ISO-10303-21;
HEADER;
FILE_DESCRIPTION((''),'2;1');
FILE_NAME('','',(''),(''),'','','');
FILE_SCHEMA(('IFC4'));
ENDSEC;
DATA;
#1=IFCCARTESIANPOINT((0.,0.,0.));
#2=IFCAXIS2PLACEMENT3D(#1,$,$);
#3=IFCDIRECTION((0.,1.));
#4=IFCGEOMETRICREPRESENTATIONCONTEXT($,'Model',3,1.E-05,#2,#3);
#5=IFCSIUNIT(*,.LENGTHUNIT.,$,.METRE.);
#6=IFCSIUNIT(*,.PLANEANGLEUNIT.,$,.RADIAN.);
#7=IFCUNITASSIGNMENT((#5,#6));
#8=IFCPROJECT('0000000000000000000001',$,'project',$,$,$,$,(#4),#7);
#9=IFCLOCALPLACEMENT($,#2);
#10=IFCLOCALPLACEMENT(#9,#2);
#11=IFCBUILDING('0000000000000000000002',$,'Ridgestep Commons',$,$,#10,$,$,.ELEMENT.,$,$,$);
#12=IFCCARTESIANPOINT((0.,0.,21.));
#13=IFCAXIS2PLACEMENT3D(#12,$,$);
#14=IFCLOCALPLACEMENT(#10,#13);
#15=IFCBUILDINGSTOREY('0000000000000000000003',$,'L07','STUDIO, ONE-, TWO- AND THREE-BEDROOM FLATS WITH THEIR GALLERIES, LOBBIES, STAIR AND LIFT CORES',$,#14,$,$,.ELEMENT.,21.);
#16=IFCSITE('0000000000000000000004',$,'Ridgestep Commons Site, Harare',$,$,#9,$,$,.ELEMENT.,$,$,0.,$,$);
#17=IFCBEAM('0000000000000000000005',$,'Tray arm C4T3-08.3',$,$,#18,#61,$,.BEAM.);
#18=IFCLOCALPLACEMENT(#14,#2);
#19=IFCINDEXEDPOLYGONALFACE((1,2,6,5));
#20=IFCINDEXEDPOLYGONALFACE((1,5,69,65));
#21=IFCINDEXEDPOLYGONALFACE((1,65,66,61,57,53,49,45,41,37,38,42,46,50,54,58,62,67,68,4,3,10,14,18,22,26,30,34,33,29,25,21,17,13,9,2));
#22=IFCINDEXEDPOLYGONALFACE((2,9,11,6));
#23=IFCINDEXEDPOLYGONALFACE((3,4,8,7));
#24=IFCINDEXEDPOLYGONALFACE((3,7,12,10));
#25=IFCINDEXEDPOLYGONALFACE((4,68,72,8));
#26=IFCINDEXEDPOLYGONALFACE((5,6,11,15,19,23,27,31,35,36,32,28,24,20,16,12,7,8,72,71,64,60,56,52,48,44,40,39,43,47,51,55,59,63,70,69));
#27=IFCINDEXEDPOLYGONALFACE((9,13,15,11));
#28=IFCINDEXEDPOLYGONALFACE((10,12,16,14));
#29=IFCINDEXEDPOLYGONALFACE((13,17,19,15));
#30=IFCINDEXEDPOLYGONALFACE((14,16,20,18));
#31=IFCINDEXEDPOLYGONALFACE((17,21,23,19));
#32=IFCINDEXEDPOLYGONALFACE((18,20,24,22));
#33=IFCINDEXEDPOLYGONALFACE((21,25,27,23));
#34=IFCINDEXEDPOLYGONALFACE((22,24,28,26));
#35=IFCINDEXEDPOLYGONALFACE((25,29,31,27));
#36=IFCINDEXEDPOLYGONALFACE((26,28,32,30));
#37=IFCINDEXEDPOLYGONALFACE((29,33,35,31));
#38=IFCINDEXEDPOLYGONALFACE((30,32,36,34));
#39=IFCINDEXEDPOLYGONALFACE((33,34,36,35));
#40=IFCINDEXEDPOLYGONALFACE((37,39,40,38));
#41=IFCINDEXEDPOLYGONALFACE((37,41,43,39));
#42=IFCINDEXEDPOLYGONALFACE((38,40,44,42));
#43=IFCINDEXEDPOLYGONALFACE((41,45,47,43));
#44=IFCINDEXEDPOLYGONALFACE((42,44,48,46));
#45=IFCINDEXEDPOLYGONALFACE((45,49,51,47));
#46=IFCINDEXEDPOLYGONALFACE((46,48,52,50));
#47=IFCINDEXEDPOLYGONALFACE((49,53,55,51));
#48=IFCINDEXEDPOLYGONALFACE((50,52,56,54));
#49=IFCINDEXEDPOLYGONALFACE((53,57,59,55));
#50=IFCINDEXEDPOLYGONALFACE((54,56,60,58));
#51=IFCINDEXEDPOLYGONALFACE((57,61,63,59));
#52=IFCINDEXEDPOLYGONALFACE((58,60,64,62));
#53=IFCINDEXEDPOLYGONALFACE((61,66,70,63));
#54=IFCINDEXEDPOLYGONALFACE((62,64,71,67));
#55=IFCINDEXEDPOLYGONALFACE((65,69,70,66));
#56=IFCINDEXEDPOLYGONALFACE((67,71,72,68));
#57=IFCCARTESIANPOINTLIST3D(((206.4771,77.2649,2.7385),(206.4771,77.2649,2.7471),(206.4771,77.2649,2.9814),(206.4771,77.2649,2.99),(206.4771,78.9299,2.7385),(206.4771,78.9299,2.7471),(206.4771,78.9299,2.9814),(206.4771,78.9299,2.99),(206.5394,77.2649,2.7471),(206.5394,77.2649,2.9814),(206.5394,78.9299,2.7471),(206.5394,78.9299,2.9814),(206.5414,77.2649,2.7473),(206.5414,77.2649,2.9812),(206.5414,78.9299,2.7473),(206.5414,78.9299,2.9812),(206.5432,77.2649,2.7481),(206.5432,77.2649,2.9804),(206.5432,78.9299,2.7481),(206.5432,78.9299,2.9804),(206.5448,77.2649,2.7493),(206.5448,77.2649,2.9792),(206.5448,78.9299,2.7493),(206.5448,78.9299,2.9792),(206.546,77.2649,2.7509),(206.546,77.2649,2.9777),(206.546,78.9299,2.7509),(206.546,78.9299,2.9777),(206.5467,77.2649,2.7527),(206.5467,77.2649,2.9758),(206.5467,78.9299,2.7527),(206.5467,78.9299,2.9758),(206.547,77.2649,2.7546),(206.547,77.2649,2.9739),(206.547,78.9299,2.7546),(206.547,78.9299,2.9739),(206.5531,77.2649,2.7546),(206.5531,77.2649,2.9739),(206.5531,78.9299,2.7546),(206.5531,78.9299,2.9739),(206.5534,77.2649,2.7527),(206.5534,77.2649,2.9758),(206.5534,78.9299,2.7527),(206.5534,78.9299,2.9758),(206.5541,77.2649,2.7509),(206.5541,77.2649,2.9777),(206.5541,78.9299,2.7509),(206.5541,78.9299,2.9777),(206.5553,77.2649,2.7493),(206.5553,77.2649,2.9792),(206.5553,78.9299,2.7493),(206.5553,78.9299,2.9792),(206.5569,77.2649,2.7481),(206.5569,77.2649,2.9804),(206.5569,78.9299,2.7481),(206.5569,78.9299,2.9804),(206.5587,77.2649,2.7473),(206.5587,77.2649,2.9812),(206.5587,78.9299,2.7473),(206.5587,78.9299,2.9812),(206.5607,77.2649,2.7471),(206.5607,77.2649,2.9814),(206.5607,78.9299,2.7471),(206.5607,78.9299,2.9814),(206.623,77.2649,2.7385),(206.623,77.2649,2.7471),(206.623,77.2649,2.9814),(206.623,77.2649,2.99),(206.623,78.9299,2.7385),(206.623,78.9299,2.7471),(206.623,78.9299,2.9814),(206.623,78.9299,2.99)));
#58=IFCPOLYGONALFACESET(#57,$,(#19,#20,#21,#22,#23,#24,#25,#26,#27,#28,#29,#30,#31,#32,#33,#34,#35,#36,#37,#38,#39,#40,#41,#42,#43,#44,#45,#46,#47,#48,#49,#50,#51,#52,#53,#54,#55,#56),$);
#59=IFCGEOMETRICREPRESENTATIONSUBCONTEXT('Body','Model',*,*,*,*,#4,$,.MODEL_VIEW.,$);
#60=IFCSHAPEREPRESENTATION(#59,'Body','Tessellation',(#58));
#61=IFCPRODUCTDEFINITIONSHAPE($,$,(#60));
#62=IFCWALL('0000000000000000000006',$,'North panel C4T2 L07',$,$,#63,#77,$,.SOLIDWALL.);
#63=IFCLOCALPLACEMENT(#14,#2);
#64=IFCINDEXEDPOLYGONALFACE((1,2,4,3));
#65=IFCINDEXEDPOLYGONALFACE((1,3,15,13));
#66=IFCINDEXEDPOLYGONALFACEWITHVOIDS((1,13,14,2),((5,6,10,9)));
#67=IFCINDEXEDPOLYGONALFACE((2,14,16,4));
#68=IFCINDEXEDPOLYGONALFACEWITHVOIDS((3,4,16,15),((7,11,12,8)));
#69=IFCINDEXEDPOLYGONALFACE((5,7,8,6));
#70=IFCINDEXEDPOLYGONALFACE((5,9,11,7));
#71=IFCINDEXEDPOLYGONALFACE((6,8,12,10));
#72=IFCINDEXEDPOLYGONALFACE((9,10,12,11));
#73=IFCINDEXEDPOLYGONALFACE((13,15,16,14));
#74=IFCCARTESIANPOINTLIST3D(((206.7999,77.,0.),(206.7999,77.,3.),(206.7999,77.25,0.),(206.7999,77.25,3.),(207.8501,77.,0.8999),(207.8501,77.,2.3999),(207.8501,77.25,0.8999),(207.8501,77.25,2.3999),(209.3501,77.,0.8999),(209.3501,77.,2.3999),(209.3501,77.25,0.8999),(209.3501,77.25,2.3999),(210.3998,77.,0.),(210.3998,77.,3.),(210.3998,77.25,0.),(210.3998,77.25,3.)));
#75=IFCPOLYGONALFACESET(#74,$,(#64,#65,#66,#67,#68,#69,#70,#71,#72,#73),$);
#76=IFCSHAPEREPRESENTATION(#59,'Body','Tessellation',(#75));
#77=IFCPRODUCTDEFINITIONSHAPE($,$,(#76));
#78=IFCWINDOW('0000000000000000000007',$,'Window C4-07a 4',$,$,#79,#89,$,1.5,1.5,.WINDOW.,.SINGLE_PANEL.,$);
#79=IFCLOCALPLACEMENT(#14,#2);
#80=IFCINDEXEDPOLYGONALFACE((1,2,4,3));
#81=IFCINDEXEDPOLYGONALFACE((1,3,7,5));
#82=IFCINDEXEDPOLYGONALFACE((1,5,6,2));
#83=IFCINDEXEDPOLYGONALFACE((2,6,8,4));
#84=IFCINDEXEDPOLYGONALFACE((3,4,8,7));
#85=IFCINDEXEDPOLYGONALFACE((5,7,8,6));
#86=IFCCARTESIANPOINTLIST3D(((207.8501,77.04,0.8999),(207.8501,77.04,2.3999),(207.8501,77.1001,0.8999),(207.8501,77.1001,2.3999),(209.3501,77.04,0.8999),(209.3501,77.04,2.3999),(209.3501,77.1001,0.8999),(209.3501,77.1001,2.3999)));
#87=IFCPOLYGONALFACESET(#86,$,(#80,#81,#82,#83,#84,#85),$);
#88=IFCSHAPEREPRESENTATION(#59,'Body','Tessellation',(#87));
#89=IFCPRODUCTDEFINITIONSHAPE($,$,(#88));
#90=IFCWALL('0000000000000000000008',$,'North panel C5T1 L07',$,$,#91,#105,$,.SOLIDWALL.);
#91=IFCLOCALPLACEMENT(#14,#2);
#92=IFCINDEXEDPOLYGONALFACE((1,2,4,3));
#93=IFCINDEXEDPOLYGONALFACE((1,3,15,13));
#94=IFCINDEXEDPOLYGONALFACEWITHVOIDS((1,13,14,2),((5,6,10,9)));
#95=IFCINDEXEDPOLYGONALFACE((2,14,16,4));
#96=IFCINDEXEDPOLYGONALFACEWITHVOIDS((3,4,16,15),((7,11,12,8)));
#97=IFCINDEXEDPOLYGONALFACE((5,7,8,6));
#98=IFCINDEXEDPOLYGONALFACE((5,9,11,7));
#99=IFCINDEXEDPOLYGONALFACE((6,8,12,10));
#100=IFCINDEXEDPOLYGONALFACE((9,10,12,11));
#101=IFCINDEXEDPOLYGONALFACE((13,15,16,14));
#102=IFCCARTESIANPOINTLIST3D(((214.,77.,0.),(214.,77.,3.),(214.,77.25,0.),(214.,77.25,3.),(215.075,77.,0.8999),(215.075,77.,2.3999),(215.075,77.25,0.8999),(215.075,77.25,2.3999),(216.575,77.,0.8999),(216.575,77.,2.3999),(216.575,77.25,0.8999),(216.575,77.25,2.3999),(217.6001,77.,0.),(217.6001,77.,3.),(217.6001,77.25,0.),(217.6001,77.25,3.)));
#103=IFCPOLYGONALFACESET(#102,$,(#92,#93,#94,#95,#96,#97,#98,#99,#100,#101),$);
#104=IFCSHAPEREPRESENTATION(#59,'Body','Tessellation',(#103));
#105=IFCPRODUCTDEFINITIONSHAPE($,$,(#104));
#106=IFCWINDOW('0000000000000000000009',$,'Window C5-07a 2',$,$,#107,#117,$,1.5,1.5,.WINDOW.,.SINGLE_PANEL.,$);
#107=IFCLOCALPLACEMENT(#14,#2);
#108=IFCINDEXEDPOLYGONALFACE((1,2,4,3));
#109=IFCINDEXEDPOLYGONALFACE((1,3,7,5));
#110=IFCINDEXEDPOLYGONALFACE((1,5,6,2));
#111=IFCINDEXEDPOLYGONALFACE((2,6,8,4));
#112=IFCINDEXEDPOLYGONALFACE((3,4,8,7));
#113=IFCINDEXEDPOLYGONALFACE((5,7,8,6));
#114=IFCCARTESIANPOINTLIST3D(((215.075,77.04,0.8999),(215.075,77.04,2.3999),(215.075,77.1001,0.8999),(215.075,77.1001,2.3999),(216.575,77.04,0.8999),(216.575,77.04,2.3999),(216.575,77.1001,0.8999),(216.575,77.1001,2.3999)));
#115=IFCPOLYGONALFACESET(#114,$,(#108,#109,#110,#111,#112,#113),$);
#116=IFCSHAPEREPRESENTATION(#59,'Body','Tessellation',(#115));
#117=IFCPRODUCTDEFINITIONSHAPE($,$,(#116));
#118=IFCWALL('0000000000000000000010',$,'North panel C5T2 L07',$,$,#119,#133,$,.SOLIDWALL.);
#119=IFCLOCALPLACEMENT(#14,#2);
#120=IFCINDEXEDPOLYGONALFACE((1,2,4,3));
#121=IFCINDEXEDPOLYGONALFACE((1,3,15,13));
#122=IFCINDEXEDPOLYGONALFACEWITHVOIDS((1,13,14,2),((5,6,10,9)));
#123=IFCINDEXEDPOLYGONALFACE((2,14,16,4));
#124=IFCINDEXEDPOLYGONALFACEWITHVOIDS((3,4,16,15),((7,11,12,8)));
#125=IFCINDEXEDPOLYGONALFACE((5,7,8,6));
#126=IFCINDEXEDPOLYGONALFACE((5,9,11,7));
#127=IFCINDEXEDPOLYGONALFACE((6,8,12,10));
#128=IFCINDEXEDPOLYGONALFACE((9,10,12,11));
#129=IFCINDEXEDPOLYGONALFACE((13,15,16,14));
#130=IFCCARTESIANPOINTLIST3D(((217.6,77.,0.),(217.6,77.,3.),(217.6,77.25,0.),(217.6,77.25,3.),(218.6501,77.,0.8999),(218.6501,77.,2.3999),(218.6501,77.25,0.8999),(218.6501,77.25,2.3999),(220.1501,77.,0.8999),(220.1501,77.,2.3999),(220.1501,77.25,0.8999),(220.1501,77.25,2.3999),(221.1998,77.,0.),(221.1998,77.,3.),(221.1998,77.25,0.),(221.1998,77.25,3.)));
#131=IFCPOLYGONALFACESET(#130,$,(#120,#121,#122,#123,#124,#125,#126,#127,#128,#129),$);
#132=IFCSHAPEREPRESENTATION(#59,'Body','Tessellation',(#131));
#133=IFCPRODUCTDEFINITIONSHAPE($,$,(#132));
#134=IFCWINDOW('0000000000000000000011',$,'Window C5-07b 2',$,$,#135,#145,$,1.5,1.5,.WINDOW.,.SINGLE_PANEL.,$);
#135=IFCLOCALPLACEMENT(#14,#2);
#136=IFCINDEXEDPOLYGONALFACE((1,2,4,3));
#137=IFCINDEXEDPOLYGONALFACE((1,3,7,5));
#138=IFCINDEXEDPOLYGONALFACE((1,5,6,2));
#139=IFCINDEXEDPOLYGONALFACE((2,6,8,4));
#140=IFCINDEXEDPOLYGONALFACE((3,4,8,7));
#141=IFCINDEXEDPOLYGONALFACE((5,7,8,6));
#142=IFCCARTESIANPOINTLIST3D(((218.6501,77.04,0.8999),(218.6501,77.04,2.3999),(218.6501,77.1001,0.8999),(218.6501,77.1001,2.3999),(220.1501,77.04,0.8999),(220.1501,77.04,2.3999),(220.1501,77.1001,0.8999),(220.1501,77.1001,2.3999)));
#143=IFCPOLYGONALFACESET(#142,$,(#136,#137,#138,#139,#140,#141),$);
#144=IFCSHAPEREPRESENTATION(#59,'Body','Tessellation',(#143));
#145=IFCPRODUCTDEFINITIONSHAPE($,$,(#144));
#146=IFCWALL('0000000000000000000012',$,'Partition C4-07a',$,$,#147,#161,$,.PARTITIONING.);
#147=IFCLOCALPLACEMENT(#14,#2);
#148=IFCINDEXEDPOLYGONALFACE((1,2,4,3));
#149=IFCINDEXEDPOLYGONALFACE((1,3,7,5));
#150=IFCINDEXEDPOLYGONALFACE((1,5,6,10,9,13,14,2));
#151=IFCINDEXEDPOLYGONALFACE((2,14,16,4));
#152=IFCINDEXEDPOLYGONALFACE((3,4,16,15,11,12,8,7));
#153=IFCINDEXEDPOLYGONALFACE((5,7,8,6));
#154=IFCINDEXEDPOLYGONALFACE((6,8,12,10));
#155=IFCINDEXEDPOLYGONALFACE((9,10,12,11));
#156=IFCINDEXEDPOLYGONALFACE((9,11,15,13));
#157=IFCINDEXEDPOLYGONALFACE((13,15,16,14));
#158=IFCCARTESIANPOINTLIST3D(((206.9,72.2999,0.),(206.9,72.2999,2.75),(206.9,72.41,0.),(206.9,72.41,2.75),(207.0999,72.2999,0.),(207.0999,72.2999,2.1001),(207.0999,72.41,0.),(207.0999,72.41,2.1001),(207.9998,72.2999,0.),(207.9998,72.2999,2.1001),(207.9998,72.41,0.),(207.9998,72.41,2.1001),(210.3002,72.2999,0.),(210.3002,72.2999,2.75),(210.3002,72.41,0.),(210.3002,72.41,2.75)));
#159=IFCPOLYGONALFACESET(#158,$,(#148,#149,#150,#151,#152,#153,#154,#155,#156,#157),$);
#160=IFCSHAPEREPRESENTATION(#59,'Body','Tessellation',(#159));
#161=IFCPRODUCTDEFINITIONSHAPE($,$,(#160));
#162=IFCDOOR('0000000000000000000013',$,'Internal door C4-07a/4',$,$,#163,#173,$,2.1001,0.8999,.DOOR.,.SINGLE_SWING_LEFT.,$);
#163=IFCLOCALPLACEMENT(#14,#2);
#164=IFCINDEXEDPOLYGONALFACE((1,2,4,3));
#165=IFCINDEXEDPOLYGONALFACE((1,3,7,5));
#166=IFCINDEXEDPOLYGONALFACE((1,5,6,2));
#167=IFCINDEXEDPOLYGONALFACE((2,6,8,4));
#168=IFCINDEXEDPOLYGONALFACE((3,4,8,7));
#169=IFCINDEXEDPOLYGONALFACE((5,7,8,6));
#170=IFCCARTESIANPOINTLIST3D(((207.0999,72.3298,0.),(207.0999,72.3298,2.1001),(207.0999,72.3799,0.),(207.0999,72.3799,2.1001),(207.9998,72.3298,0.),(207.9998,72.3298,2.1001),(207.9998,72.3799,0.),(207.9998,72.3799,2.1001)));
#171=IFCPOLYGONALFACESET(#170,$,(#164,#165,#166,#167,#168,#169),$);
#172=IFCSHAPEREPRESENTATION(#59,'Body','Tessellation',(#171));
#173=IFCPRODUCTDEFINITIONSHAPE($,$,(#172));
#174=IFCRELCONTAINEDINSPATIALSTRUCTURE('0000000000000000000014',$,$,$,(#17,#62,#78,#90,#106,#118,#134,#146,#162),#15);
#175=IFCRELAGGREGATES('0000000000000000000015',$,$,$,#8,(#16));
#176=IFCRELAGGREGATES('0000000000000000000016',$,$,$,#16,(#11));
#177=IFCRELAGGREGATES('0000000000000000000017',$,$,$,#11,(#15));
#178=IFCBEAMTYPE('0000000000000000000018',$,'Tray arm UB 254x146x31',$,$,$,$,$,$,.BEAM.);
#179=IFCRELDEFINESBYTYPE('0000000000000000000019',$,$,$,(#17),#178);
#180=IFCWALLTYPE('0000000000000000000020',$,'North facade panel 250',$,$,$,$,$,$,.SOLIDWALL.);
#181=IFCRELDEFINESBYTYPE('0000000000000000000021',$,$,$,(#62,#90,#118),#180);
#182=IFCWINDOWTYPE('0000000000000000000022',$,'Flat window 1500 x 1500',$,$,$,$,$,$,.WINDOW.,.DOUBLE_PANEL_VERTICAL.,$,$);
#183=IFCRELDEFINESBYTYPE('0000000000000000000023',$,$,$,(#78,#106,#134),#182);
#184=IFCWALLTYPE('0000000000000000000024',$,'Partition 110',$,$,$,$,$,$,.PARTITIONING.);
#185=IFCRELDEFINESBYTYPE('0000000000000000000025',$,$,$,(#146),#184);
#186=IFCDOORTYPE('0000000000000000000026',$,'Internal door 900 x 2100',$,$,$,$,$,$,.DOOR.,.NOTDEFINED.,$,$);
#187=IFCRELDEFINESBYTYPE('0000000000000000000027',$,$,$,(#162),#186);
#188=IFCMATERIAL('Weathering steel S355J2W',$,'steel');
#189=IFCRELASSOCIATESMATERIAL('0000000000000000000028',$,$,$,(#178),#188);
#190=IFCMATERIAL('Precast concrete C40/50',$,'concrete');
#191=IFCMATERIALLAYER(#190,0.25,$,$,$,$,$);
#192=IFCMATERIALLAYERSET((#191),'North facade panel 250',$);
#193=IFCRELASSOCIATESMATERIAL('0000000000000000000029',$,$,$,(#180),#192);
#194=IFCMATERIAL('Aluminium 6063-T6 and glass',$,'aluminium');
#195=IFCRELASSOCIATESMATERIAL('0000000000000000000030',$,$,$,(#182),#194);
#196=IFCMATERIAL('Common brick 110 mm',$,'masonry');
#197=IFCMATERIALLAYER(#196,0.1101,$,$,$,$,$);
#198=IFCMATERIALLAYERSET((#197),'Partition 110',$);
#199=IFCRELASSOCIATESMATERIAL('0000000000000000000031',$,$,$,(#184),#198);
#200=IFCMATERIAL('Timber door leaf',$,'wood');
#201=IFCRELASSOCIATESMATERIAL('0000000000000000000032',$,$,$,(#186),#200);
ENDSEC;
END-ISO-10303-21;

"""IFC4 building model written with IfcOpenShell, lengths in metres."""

from ifc_helpers import new_model, si_unit, direction, frame, frame_2d, origin, origin_2d, place, context, subcontext, project, spatial, rectangle, i_section, extrude, material, layer, layer_set, material_profile, profile_set, type_object, element, fill, save


model = new_model("IFC4")

# Units and contexts
model_context = context("Model", 3, precision=1e-05, world=origin(), true_north=direction((0.0, 1.0)))
body_context = subcontext(model_context, "Body", "Model", "MODEL_VIEW")
ifc_project = project(units=[si_unit("LENGTHUNIT", "METRE"), si_unit("PLANEANGLEUNIT", "RADIAN")], contexts=[model_context])

# Site, building, storey
site_placement = place(None, origin())
site = spatial("IfcSite", under=ifc_project, at=site_placement, Name="Ridgestep Commons Site, Harare", CompositionType="ELEMENT", RefElevation=0.0)
building_placement = place(site_placement, origin())
building = spatial("IfcBuilding", under=site, at=building_placement, Name="Ridgestep Commons", CompositionType="ELEMENT")
storey_placement = place(building_placement, frame((0.0, 0.0, 21.0)))
storey = spatial("IfcBuildingStorey", under=building, at=storey_placement, Name="L07", Description="STUDIO, ONE-, TWO- AND THREE-BEDROOM FLATS WITH THEIR GALLERIES, LOBBIES, STAIR AND LIFT CORES", CompositionType="ELEMENT", Elevation=21.0)

# Beam
ifc_material_1 = material(Name="Weathering steel S355J2W", Category="steel")
ifc_material_profile = material_profile(ifc_material_1, i_section(OverallWidth=0.146, OverallDepth=0.2515, WebThickness=0.0061, FlangeThickness=0.0085, FilletRadius=0.0076, at=origin_2d()), Name="UB 254x146x31")
ifc_profile_set = profile_set([ifc_material_profile], Name="Weathering steel S355J2W")
beam_type = type_object("IfcBeamType", Name="Tray arm UB 254x146x31", PredefinedType="BEAM", material=ifc_profile_set)
beam_placement = place(storey_placement, frame((206.55, 77.2649, 2.8643), z_axis=(0.0, 1.0, 0.0), x_axis=(-1.0, 0.0, 0.0)))
element("IfcBeam", 1, at=beam_placement, inside=storey, type_object=beam_type, Name="Tray arm C4T3-08.3", PredefinedType="BEAM", context=body_context, shape_type="SweptSolid", body=[
    extrude(i_section(OverallWidth=0.146, OverallDepth=0.2515, WebThickness=0.0061, FlangeThickness=0.0085, FilletRadius=0.0076, at=origin_2d()), origin(), (0.0, 0.0, 1.0), 1.665),
])

# Walls, openings, windows
ifc_material_2 = material(Name="Precast concrete C40/50", Category="concrete")
ifc_layer_1 = layer(ifc_material_2, 0.25)
ifc_layer_set_1 = layer_set([ifc_layer_1], Name="North facade panel 250")
wall_type_1 = type_object("IfcWallType", Name="North facade panel 250", PredefinedType="SOLIDWALL", material=ifc_layer_set_1)
wall_1_placement = place(storey_placement, frame((206.8, 77.125, 0.0), z_axis=(0.0, 0.0, 1.0), x_axis=(1.0, 0.0, 0.0)))
wall_1 = element("IfcWall", 2, at=wall_1_placement, inside=storey, type_object=wall_type_1, Name="North panel C4T2 L07", PredefinedType="SOLIDWALL", context=body_context, shape_type="SweptSolid", body=[
    extrude(rectangle(XDim=3.5999, YDim=0.25, at=frame_2d((1.7998, 0.0))), origin(), (0.0, 0.0, 1.0), 3.0),
])
opening_1_placement = place(wall_1_placement, frame((1.05, 0.0, 0.8999)))
opening_1 = element("IfcOpeningElement", 3, at=opening_1_placement, cuts=wall_1, PredefinedType="OPENING", context=body_context, shape_type="SweptSolid", body=[
    extrude(rectangle(XDim=1.5, YDim=1.5, at=frame_2d((0.75, 0.75))), frame((0.0, 0.135, 0.0), z_axis=(0.0, -1.0, 0.0), x_axis=(1.0, 0.0, 0.0)), (0.0, 0.0, 1.0), 0.27),
])
ifc_material_3 = material(Name="Aluminium 6063-T6 and glass", Category="aluminium")
window_type = type_object("IfcWindowType", Name="Flat window 1500 x 1500", PartitioningType="DOUBLE_PANEL_VERTICAL", PredefinedType="WINDOW", material=ifc_material_3)
window_1_placement = place(opening_1_placement, origin())
window_1 = element("IfcWindow", 4, at=window_1_placement, inside=storey, type_object=window_type, Name="Window C4-07a 4", OverallHeight=1.5, OverallWidth=1.5, PartitioningType="SINGLE_PANEL", PredefinedType="WINDOW", context=body_context, shape_type="SweptSolid", body=[
    extrude(rectangle(XDim=1.5, YDim=1.5, at=frame_2d((0.75, 0.75))), frame((0.0, -0.0249, 0.0), z_axis=(0.0, -1.0, 0.0), x_axis=(1.0, 0.0, 0.0)), (0.0, 0.0, 1.0), 0.0601),
])
fill(opening_1, window_1)
wall_2_placement = place(storey_placement, frame((214.0, 77.125, 0.0), z_axis=(0.0, 0.0, 1.0), x_axis=(1.0, 0.0, 0.0)))
wall_2 = element("IfcWall", 5, at=wall_2_placement, inside=storey, type_object=wall_type_1, Name="North panel C5T1 L07", PredefinedType="SOLIDWALL", context=body_context, shape_type="SweptSolid", body=[
    extrude(rectangle(XDim=3.6001, YDim=0.25, at=frame_2d((1.8, 0.0))), origin(), (0.0, 0.0, 1.0), 3.0),
])
opening_2_placement = place(wall_2_placement, frame((1.075, 0.0, 0.8999)))
opening_2 = element("IfcOpeningElement", 6, at=opening_2_placement, cuts=wall_2, PredefinedType="OPENING", context=body_context, shape_type="SweptSolid", body=[
    extrude(rectangle(XDim=1.5, YDim=1.5, at=frame_2d((0.75, 0.75))), frame((0.0, 0.135, 0.0), z_axis=(0.0, -1.0, 0.0), x_axis=(1.0, 0.0, 0.0)), (0.0, 0.0, 1.0), 0.27),
])
window_2_placement = place(opening_2_placement, origin())
window_2 = element("IfcWindow", 7, at=window_2_placement, inside=storey, type_object=window_type, Name="Window C5-07a 2", OverallHeight=1.5, OverallWidth=1.5, PartitioningType="SINGLE_PANEL", PredefinedType="WINDOW", context=body_context, shape_type="SweptSolid", body=[
    extrude(rectangle(XDim=1.5, YDim=1.5, at=frame_2d((0.75, 0.75))), frame((0.0, -0.0249, 0.0), z_axis=(0.0, -1.0, 0.0), x_axis=(1.0, 0.0, 0.0)), (0.0, 0.0, 1.0), 0.0601),
])
fill(opening_2, window_2)
wall_3_placement = place(storey_placement, frame((217.6001, 77.125, 0.0), z_axis=(0.0, 0.0, 1.0), x_axis=(1.0, 0.0, 0.0)))
wall_3 = element("IfcWall", 8, at=wall_3_placement, inside=storey, type_object=wall_type_1, Name="North panel C5T2 L07", PredefinedType="SOLIDWALL", context=body_context, shape_type="SweptSolid", body=[
    extrude(rectangle(XDim=3.5999, YDim=0.25, at=frame_2d((1.7998, 0.0))), origin(), (0.0, 0.0, 1.0), 3.0),
])
opening_3_placement = place(wall_3_placement, frame((1.05, 0.0, 0.8999)))
opening_3 = element("IfcOpeningElement", 9, at=opening_3_placement, cuts=wall_3, PredefinedType="OPENING", context=body_context, shape_type="SweptSolid", body=[
    extrude(rectangle(XDim=1.5, YDim=1.5, at=frame_2d((0.75, 0.75))), frame((0.0, 0.135, 0.0), z_axis=(0.0, -1.0, 0.0), x_axis=(1.0, 0.0, 0.0)), (0.0, 0.0, 1.0), 0.27),
])
window_3_placement = place(opening_3_placement, origin())
window_3 = element("IfcWindow", 10, at=window_3_placement, inside=storey, type_object=window_type, Name="Window C5-07b 2", OverallHeight=1.5, OverallWidth=1.5, PartitioningType="SINGLE_PANEL", PredefinedType="WINDOW", context=body_context, shape_type="SweptSolid", body=[
    extrude(rectangle(XDim=1.5, YDim=1.5, at=frame_2d((0.75, 0.75))), frame((0.0, -0.0249, 0.0), z_axis=(0.0, -1.0, 0.0), x_axis=(1.0, 0.0, 0.0)), (0.0, 0.0, 1.0), 0.0601),
])
fill(opening_3, window_3)

# Wall, opening, door
ifc_material_4 = material(Name="Common brick 110 mm", Category="masonry")
ifc_layer_2 = layer(ifc_material_4, 0.1101)
ifc_layer_set_2 = layer_set([ifc_layer_2], Name="Partition 110")
wall_type_2 = type_object("IfcWallType", Name="Partition 110", PredefinedType="PARTITIONING", material=ifc_layer_set_2)
wall_4_placement = place(storey_placement, frame((206.8999, 72.355, 0.0), z_axis=(0.0, 0.0, 1.0), x_axis=(1.0, 0.0, 0.0)))
wall_4 = element("IfcWall", 11, at=wall_4_placement, inside=storey, type_object=wall_type_2, Name="Partition C4-07a", PredefinedType="PARTITIONING", context=body_context, shape_type="SweptSolid", body=[
    extrude(rectangle(XDim=3.4001, YDim=0.1101, at=frame_2d((1.7002, 0.0))), origin(), (0.0, 0.0, 1.0), 2.75),
])
opening_4_placement = place(wall_4_placement, frame((0.2, 0.0, 0.0)))
opening_4 = element("IfcOpeningElement", 12, at=opening_4_placement, cuts=wall_4, PredefinedType="OPENING", context=body_context, shape_type="SweptSolid", body=[
    extrude(rectangle(XDim=0.8999, YDim=2.1001, at=frame_2d((0.45, 1.05))), frame((0.0, 0.0649, 0.0), z_axis=(0.0, -1.0, 0.0), x_axis=(1.0, 0.0, 0.0)), (0.0, 0.0, 1.0), 0.1301),
])
ifc_material_5 = material(Name="Timber door leaf", Category="wood")
door_type = type_object("IfcDoorType", Name="Internal door 900 x 2100", OperationType="NOTDEFINED", PredefinedType="DOOR", material=ifc_material_5)
door_1_placement = place(opening_4_placement, origin())
door_1 = element("IfcDoor", 13, at=door_1_placement, inside=storey, type_object=door_type, Name="Internal door C4-07a/4", OperationType="SINGLE_SWING_LEFT", OverallHeight=2.1001, OverallWidth=0.8999, PredefinedType="DOOR", context=body_context, shape_type="SweptSolid", body=[
    extrude(rectangle(XDim=0.8999, YDim=2.1001, at=frame_2d((0.45, 1.05))), frame((0.0, 0.0249, 0.0), z_axis=(0.0, -1.0, 0.0), x_axis=(1.0, 0.0, 0.0)), (0.0, 0.0, 1.0), 0.05),
])
fill(opening_4, door_1)

save(model, "model.ifc")
